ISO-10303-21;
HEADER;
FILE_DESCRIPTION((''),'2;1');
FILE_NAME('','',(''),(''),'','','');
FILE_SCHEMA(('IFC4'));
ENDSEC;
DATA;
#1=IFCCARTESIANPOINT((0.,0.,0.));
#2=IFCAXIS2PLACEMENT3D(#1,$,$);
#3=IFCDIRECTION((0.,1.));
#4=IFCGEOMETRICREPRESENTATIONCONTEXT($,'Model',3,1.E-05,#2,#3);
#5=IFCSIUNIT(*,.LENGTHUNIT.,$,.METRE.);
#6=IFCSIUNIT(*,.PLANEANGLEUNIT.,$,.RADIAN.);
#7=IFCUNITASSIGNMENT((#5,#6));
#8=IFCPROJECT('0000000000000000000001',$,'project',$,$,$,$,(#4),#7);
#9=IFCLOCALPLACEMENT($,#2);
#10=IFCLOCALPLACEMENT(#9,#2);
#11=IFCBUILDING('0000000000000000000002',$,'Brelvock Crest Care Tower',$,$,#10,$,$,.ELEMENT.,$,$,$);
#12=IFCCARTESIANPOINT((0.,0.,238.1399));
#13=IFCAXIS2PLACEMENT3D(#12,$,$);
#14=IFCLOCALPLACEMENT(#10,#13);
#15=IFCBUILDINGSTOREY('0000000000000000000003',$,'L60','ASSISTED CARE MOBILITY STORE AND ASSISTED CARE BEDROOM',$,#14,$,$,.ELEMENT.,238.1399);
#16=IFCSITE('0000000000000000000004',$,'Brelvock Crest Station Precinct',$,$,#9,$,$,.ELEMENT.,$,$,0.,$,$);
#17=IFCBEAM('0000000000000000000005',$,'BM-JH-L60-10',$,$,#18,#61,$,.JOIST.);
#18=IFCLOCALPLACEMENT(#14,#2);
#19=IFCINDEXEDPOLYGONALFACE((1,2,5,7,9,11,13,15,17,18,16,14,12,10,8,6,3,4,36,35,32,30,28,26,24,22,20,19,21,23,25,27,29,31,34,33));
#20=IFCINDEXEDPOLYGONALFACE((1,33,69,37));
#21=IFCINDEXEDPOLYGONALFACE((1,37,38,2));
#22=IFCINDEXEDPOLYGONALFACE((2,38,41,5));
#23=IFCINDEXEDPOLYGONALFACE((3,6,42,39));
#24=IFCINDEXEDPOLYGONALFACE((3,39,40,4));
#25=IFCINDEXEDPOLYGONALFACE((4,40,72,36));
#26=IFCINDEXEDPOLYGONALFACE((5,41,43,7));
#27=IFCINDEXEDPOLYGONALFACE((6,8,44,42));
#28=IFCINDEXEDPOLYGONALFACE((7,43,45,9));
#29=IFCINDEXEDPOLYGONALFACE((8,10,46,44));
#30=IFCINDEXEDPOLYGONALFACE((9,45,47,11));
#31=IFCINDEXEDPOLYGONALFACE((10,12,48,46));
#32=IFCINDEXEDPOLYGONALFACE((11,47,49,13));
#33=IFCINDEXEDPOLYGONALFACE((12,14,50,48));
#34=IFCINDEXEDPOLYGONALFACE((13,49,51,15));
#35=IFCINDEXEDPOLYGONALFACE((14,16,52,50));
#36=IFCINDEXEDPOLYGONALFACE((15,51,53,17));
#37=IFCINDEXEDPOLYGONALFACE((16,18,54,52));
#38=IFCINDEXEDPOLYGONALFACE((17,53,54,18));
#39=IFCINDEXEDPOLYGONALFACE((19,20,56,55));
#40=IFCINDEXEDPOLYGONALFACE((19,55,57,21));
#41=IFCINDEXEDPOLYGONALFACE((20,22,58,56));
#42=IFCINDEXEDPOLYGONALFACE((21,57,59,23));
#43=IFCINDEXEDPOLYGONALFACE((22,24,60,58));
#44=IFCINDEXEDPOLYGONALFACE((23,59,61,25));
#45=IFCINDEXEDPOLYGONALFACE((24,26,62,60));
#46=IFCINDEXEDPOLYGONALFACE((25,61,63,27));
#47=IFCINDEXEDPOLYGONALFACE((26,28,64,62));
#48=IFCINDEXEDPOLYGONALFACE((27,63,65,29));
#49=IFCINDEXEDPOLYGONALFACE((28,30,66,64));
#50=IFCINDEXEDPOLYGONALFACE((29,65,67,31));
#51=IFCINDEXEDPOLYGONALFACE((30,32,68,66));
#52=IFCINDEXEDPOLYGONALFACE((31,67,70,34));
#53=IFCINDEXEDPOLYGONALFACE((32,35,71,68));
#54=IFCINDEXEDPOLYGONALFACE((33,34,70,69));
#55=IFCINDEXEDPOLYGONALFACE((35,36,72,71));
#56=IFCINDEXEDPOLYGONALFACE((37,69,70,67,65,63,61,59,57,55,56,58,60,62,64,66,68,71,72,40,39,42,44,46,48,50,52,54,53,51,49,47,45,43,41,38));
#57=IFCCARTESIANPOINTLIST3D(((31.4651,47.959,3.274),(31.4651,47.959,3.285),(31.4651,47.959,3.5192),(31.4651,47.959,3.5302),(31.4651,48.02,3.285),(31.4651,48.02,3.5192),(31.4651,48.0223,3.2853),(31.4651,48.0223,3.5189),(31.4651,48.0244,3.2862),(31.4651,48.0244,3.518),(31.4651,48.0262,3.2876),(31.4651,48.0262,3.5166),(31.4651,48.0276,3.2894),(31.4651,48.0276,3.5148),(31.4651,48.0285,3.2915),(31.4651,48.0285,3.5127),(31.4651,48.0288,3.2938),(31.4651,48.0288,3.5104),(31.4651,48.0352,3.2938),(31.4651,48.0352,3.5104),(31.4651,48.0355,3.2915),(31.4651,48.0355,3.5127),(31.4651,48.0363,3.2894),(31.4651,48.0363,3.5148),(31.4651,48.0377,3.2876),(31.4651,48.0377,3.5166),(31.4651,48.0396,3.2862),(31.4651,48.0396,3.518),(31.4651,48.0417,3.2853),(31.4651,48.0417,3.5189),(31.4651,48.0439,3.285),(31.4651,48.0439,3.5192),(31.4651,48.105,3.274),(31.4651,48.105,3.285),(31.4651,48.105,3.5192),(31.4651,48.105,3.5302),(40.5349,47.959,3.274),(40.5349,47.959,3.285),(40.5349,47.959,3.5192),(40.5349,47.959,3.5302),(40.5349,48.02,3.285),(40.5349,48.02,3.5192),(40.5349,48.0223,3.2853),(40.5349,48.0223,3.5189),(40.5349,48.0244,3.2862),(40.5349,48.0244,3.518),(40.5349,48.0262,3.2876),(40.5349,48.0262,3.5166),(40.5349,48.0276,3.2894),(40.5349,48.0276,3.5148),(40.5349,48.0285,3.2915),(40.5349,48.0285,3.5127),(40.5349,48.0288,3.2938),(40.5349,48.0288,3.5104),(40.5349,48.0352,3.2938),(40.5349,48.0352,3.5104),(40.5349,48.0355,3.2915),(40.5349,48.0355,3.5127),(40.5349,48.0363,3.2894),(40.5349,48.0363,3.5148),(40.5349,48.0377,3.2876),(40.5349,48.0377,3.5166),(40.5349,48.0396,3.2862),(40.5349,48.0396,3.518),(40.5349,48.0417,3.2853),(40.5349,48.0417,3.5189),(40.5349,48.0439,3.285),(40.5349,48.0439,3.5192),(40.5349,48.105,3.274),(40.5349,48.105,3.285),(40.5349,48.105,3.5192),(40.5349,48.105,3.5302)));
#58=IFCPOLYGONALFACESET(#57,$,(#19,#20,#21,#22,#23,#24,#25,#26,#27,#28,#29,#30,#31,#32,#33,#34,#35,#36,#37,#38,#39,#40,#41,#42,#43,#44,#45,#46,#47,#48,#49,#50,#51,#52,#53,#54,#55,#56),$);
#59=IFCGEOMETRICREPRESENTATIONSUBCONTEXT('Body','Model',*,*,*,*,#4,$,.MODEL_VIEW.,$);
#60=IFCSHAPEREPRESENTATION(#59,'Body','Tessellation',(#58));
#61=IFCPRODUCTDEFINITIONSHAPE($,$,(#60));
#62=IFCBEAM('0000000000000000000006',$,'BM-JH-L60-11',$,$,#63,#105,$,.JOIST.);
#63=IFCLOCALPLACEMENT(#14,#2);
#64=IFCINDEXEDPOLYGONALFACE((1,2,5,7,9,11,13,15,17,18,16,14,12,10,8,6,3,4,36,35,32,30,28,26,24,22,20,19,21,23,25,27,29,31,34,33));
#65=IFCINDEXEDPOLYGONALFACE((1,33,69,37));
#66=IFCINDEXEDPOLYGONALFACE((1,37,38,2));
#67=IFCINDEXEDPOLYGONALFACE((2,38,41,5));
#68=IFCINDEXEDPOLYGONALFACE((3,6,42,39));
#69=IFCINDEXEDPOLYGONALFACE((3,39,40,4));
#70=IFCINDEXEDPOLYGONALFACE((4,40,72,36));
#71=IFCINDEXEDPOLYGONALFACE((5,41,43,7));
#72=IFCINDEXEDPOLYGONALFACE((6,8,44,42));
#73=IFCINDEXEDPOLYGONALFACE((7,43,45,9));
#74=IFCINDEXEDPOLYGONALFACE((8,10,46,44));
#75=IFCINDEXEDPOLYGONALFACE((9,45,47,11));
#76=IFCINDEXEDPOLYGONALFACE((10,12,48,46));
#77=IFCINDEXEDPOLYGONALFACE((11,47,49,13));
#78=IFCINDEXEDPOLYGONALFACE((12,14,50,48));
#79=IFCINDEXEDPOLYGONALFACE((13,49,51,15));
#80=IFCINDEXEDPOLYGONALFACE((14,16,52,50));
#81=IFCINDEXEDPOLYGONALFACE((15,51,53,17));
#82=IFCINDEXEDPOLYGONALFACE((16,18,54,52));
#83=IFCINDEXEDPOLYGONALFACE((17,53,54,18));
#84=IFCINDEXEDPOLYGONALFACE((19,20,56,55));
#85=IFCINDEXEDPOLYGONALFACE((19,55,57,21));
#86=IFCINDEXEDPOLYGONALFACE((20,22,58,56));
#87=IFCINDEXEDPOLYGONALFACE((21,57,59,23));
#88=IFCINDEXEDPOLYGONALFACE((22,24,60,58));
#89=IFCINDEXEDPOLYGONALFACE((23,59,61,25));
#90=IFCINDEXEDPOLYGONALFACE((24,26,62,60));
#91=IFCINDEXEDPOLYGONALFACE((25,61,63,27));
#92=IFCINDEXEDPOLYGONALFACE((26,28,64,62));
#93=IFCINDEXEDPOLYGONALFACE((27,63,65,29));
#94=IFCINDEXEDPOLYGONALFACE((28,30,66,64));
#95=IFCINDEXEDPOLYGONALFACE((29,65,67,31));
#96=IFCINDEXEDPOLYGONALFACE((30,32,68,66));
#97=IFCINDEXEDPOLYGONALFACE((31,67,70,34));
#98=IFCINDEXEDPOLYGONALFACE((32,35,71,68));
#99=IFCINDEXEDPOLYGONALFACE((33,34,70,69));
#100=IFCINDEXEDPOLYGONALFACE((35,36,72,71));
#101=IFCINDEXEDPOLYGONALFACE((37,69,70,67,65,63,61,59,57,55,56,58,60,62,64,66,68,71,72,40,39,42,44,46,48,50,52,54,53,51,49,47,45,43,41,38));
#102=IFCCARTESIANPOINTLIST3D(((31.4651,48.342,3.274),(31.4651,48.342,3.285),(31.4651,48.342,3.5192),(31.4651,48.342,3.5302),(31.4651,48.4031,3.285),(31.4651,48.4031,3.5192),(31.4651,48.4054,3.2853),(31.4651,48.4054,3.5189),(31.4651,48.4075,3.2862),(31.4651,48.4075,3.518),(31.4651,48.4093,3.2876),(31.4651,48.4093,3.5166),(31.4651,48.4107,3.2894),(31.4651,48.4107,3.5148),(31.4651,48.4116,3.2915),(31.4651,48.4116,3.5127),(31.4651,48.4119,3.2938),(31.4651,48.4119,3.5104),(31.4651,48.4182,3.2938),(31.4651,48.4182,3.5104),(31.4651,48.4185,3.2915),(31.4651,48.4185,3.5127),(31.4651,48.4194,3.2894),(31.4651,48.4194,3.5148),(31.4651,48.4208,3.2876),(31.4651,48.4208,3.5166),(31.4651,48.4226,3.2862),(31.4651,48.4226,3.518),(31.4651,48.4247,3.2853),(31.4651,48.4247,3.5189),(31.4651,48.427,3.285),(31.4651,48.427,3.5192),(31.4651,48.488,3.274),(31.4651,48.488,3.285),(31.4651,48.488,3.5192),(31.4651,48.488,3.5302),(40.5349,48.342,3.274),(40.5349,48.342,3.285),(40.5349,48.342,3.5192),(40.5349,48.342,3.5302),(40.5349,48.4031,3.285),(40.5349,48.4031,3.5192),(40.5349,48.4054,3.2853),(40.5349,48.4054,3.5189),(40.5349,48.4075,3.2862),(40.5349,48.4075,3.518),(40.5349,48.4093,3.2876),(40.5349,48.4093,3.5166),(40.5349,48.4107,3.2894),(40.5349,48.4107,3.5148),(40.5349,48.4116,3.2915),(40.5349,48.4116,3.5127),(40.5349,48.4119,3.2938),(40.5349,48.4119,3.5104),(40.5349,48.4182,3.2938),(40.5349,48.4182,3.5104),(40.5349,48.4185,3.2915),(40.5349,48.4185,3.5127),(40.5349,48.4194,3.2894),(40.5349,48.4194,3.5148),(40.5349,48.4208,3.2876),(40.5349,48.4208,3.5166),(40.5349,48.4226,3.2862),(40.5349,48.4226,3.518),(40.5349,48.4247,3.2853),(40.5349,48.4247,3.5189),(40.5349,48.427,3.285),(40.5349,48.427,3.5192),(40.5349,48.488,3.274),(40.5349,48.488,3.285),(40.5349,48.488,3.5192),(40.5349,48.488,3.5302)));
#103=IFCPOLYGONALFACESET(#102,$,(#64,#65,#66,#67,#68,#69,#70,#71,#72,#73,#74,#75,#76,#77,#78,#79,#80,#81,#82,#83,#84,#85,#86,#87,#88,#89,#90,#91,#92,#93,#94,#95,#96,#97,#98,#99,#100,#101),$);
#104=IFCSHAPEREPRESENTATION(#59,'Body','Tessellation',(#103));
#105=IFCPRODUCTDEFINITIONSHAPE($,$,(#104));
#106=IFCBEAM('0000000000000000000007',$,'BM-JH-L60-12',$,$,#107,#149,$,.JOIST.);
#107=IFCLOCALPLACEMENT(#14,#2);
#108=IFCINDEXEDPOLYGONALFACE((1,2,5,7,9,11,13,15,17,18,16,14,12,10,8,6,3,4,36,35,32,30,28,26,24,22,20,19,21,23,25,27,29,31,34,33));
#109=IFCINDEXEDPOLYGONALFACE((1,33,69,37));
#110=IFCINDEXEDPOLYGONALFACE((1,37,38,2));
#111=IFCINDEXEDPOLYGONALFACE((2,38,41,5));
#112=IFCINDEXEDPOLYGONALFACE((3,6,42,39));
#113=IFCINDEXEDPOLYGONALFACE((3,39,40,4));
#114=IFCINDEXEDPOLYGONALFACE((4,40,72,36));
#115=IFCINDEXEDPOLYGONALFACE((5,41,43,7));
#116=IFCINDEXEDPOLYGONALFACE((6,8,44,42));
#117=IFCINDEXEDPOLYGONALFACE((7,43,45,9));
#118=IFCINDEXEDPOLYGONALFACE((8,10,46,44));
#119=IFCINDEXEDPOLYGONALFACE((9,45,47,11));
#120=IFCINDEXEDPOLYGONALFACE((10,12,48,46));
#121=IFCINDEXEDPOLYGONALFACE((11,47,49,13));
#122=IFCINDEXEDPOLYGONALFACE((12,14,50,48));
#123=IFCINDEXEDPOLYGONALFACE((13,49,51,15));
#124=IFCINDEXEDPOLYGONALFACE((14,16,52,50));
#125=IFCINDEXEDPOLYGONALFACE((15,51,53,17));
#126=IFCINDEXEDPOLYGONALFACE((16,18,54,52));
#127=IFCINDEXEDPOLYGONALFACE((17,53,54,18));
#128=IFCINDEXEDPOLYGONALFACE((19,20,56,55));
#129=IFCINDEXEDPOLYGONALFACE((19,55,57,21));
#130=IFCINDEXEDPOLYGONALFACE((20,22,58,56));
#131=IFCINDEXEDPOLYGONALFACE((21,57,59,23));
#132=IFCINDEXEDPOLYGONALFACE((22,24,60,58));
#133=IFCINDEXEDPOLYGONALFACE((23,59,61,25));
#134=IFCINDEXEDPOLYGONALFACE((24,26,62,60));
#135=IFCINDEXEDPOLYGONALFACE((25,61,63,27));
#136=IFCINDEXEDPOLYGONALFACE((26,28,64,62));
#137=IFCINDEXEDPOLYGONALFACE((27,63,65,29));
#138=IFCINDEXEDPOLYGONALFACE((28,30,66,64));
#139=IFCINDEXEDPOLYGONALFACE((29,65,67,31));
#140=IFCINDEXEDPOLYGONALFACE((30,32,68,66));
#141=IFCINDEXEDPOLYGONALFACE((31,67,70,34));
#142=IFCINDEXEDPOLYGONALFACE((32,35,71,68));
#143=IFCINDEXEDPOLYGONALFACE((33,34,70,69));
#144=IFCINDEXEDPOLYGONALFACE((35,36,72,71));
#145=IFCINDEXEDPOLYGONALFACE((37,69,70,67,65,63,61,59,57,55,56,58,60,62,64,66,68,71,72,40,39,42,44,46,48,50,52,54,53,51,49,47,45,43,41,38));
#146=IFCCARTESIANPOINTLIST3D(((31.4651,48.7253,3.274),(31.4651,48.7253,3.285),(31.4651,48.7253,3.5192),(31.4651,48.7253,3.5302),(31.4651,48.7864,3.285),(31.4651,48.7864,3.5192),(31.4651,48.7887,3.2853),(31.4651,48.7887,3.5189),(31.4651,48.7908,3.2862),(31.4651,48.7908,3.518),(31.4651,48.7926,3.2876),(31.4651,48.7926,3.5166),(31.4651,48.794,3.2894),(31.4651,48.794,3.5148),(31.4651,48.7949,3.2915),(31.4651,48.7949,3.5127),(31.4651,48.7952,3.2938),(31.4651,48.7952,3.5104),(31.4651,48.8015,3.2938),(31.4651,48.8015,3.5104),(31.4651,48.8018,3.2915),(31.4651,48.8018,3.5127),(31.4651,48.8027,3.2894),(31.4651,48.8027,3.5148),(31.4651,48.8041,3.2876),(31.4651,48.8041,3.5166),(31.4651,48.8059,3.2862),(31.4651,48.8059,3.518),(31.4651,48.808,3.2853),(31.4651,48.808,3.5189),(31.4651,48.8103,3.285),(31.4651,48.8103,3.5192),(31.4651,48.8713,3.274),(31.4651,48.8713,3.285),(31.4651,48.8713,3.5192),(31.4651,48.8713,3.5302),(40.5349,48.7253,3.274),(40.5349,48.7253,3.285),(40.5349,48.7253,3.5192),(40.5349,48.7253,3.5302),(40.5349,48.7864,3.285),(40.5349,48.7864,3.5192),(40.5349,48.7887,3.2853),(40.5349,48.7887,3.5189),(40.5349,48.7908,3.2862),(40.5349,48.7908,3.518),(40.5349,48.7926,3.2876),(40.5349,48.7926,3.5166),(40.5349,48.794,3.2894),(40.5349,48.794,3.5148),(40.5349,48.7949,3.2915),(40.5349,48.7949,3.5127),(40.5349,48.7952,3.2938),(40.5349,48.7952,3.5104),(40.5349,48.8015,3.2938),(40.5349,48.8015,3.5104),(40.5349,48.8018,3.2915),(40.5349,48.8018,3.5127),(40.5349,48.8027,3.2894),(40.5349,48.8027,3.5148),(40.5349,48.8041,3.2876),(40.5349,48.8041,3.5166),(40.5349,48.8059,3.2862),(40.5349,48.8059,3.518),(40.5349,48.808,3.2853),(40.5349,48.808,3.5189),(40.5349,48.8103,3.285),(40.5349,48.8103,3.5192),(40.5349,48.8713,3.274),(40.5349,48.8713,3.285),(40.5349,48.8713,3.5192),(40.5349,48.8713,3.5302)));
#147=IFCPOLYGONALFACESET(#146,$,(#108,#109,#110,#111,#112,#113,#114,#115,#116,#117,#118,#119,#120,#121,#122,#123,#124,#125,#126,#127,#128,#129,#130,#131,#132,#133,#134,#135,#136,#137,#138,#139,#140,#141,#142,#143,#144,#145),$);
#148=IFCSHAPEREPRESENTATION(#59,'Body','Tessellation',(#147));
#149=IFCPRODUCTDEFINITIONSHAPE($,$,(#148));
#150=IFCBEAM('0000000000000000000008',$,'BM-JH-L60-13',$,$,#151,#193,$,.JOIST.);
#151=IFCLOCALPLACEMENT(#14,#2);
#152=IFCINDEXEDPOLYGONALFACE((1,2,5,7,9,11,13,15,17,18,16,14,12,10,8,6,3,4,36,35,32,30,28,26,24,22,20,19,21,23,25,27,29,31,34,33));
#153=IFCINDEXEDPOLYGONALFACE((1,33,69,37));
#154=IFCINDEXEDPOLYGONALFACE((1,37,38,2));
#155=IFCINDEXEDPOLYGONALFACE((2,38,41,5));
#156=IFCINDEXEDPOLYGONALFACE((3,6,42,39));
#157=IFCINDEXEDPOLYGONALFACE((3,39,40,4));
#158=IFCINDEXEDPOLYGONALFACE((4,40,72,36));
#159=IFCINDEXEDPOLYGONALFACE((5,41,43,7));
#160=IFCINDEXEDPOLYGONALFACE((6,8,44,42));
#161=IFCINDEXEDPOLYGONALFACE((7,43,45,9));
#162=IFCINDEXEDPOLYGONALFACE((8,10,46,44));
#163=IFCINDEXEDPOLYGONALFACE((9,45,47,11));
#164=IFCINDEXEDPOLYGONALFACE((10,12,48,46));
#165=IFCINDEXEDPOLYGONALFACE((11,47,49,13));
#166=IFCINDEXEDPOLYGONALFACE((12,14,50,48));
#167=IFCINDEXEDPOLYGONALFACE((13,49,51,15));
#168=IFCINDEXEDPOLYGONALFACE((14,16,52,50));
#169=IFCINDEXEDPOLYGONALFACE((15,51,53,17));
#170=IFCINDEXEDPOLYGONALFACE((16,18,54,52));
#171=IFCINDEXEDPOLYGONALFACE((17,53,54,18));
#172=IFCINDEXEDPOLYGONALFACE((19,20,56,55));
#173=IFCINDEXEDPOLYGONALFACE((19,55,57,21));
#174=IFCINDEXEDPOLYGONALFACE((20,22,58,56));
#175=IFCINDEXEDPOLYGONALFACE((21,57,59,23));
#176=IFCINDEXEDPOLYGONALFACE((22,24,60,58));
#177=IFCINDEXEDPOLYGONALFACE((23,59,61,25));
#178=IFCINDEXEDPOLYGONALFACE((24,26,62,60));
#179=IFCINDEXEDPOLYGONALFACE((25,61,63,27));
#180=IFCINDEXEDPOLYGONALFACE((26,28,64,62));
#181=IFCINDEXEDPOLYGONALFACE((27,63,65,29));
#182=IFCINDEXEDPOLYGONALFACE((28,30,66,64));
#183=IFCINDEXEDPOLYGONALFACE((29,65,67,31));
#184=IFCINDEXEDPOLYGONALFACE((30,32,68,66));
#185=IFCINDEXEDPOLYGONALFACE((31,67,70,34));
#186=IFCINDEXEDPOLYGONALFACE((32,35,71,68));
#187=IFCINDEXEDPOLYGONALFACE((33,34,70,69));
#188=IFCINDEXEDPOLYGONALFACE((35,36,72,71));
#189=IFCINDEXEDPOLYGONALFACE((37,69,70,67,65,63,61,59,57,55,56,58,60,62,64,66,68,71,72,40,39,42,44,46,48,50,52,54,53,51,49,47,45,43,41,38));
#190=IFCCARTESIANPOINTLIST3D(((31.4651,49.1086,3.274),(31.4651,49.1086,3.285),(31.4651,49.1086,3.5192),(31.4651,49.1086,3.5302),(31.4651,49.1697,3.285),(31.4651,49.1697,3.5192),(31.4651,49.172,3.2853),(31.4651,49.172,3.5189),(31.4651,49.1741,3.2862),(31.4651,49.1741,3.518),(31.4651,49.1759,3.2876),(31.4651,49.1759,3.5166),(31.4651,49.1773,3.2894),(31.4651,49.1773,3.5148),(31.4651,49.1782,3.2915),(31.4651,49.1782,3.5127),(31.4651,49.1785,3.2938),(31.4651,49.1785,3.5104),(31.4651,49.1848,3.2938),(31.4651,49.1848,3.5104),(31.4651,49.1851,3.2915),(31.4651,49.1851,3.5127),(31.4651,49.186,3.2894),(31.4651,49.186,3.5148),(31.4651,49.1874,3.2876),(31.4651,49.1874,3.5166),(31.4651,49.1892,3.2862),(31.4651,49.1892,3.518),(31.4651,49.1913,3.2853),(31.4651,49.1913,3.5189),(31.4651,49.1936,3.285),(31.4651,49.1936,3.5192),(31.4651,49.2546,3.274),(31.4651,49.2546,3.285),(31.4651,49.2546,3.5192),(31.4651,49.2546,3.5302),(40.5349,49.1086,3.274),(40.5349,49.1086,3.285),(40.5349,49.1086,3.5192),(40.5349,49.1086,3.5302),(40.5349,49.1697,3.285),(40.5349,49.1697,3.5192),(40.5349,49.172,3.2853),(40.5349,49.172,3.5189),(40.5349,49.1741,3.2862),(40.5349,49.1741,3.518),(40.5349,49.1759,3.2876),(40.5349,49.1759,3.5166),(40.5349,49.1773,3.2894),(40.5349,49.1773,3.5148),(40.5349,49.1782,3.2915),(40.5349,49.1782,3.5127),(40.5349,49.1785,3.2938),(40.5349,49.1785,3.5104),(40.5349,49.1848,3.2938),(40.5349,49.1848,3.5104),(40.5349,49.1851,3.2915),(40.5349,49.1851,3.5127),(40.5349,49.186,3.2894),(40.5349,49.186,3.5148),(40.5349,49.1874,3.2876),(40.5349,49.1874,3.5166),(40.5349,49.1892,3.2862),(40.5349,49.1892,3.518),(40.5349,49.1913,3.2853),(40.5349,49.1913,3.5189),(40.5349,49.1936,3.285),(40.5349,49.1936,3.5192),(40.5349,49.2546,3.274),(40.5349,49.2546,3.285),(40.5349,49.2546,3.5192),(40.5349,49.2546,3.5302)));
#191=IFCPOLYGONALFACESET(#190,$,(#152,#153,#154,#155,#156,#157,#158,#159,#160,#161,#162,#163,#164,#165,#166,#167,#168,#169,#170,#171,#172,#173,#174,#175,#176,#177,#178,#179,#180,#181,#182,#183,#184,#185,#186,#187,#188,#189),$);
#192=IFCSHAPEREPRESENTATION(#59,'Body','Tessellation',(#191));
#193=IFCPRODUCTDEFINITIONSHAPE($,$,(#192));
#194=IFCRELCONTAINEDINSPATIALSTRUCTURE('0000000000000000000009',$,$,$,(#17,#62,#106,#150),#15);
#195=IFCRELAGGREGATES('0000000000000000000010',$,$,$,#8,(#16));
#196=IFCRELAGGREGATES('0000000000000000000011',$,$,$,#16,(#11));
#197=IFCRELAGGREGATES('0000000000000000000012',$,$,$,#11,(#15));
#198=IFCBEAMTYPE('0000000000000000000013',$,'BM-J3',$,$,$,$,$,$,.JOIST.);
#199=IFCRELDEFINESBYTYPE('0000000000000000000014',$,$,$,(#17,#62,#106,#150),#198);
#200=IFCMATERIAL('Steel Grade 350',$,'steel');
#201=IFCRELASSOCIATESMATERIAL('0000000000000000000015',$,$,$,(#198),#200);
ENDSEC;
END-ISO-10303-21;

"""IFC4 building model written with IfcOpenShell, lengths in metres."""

from ifc_helpers import new_model, si_unit, direction, frame, origin, origin_2d, place, context, subcontext, project, spatial, i_section, extrude, source, transform, mapped, material, material_profile, profile_set, type_object, element, save


model = new_model("IFC4")

# Units and contexts
model_context = context("Model", 3, precision=1e-05, world=origin(), true_north=direction((0.0, 1.0)))
body_context = subcontext(model_context, "Body", "Model", "MODEL_VIEW")
ifc_project = project(units=[si_unit("LENGTHUNIT", "METRE"), si_unit("PLANEANGLEUNIT", "RADIAN")], contexts=[model_context])

# Site, building, storey
site_placement = place(None, origin())
site = spatial("IfcSite", under=ifc_project, at=site_placement, Name="Brelvock Crest Station Precinct", CompositionType="ELEMENT", RefElevation=0.0)
building_placement = place(site_placement, origin())
building = spatial("IfcBuilding", under=site, at=building_placement, Name="Brelvock Crest Care Tower", CompositionType="ELEMENT")
storey_placement = place(building_placement, frame((0.0, 0.0, 238.1399)))
storey = spatial("IfcBuildingStorey", under=building, at=storey_placement, Name="L60", Description="ASSISTED CARE MOBILITY STORE AND ASSISTED CARE BEDROOM", CompositionType="ELEMENT", Elevation=238.1399)

# Beams
ifc_material_1 = material(Name="Steel Grade 350", Category="steel")
ifc_material_profile_1 = material_profile(ifc_material_1, i_section(OverallWidth=0.146, OverallDepth=0.2561, WebThickness=0.0063, FlangeThickness=0.011, FilletRadius=0.0088, at=origin_2d()), Name="250UB37.3")
ifc_profile_set_1 = profile_set([ifc_material_profile_1], Name="Steel Grade 350")
beam_type_1 = type_object("IfcBeamType", Name="BM-J3", PredefinedType="JOIST", material=ifc_profile_set_1)
shared_shape_1 = source(origin(), body_context, "Body", "SweptSolid", [
    extrude(i_section(OverallWidth=0.146, OverallDepth=0.2561, WebThickness=0.0063, FlangeThickness=0.011, FilletRadius=0.0088, at=origin_2d()), origin(), (0.0, 0.0, 1.0), 9.0698),
])
for number, where, z_axis, x_axis, name in (
    (1, (31.4651, 48.032, 3.4021), (1.0, 0.0, 0.0), (0.0, 1.0, 0.0), "BM-JH-L60-10"),
    (2, (31.4651, 48.415, 3.4021), (1.0, 0.0, 0.0), (0.0, 1.0, 0.0), "BM-JH-L60-11"),
    (3, (31.4651, 48.7983, 3.4021), (1.0, 0.0, 0.0), (0.0, 1.0, 0.0), "BM-JH-L60-12"),
    (4, (31.4651, 49.1816, 3.4021), (1.0, 0.0, 0.0), (0.0, 1.0, 0.0), "BM-JH-L60-13"),
):
    element("IfcBeam", number, at=place(storey_placement, frame(where, z_axis=z_axis, x_axis=x_axis)), inside=storey, type_object=beam_type_1, Name=name, PredefinedType="JOIST", context=body_context, shape_type="MappedRepresentation", body=[
        mapped(shared_shape_1, transform((0.0, 0.0, 0.0), x_axis=(1.0, 0.0, 0.0), y_axis=(0.0, 1.0, 0.0), z_axis=(0.0, 0.0, 1.0), scale=1.0)),
    ])

save(model, "model.ifc")
